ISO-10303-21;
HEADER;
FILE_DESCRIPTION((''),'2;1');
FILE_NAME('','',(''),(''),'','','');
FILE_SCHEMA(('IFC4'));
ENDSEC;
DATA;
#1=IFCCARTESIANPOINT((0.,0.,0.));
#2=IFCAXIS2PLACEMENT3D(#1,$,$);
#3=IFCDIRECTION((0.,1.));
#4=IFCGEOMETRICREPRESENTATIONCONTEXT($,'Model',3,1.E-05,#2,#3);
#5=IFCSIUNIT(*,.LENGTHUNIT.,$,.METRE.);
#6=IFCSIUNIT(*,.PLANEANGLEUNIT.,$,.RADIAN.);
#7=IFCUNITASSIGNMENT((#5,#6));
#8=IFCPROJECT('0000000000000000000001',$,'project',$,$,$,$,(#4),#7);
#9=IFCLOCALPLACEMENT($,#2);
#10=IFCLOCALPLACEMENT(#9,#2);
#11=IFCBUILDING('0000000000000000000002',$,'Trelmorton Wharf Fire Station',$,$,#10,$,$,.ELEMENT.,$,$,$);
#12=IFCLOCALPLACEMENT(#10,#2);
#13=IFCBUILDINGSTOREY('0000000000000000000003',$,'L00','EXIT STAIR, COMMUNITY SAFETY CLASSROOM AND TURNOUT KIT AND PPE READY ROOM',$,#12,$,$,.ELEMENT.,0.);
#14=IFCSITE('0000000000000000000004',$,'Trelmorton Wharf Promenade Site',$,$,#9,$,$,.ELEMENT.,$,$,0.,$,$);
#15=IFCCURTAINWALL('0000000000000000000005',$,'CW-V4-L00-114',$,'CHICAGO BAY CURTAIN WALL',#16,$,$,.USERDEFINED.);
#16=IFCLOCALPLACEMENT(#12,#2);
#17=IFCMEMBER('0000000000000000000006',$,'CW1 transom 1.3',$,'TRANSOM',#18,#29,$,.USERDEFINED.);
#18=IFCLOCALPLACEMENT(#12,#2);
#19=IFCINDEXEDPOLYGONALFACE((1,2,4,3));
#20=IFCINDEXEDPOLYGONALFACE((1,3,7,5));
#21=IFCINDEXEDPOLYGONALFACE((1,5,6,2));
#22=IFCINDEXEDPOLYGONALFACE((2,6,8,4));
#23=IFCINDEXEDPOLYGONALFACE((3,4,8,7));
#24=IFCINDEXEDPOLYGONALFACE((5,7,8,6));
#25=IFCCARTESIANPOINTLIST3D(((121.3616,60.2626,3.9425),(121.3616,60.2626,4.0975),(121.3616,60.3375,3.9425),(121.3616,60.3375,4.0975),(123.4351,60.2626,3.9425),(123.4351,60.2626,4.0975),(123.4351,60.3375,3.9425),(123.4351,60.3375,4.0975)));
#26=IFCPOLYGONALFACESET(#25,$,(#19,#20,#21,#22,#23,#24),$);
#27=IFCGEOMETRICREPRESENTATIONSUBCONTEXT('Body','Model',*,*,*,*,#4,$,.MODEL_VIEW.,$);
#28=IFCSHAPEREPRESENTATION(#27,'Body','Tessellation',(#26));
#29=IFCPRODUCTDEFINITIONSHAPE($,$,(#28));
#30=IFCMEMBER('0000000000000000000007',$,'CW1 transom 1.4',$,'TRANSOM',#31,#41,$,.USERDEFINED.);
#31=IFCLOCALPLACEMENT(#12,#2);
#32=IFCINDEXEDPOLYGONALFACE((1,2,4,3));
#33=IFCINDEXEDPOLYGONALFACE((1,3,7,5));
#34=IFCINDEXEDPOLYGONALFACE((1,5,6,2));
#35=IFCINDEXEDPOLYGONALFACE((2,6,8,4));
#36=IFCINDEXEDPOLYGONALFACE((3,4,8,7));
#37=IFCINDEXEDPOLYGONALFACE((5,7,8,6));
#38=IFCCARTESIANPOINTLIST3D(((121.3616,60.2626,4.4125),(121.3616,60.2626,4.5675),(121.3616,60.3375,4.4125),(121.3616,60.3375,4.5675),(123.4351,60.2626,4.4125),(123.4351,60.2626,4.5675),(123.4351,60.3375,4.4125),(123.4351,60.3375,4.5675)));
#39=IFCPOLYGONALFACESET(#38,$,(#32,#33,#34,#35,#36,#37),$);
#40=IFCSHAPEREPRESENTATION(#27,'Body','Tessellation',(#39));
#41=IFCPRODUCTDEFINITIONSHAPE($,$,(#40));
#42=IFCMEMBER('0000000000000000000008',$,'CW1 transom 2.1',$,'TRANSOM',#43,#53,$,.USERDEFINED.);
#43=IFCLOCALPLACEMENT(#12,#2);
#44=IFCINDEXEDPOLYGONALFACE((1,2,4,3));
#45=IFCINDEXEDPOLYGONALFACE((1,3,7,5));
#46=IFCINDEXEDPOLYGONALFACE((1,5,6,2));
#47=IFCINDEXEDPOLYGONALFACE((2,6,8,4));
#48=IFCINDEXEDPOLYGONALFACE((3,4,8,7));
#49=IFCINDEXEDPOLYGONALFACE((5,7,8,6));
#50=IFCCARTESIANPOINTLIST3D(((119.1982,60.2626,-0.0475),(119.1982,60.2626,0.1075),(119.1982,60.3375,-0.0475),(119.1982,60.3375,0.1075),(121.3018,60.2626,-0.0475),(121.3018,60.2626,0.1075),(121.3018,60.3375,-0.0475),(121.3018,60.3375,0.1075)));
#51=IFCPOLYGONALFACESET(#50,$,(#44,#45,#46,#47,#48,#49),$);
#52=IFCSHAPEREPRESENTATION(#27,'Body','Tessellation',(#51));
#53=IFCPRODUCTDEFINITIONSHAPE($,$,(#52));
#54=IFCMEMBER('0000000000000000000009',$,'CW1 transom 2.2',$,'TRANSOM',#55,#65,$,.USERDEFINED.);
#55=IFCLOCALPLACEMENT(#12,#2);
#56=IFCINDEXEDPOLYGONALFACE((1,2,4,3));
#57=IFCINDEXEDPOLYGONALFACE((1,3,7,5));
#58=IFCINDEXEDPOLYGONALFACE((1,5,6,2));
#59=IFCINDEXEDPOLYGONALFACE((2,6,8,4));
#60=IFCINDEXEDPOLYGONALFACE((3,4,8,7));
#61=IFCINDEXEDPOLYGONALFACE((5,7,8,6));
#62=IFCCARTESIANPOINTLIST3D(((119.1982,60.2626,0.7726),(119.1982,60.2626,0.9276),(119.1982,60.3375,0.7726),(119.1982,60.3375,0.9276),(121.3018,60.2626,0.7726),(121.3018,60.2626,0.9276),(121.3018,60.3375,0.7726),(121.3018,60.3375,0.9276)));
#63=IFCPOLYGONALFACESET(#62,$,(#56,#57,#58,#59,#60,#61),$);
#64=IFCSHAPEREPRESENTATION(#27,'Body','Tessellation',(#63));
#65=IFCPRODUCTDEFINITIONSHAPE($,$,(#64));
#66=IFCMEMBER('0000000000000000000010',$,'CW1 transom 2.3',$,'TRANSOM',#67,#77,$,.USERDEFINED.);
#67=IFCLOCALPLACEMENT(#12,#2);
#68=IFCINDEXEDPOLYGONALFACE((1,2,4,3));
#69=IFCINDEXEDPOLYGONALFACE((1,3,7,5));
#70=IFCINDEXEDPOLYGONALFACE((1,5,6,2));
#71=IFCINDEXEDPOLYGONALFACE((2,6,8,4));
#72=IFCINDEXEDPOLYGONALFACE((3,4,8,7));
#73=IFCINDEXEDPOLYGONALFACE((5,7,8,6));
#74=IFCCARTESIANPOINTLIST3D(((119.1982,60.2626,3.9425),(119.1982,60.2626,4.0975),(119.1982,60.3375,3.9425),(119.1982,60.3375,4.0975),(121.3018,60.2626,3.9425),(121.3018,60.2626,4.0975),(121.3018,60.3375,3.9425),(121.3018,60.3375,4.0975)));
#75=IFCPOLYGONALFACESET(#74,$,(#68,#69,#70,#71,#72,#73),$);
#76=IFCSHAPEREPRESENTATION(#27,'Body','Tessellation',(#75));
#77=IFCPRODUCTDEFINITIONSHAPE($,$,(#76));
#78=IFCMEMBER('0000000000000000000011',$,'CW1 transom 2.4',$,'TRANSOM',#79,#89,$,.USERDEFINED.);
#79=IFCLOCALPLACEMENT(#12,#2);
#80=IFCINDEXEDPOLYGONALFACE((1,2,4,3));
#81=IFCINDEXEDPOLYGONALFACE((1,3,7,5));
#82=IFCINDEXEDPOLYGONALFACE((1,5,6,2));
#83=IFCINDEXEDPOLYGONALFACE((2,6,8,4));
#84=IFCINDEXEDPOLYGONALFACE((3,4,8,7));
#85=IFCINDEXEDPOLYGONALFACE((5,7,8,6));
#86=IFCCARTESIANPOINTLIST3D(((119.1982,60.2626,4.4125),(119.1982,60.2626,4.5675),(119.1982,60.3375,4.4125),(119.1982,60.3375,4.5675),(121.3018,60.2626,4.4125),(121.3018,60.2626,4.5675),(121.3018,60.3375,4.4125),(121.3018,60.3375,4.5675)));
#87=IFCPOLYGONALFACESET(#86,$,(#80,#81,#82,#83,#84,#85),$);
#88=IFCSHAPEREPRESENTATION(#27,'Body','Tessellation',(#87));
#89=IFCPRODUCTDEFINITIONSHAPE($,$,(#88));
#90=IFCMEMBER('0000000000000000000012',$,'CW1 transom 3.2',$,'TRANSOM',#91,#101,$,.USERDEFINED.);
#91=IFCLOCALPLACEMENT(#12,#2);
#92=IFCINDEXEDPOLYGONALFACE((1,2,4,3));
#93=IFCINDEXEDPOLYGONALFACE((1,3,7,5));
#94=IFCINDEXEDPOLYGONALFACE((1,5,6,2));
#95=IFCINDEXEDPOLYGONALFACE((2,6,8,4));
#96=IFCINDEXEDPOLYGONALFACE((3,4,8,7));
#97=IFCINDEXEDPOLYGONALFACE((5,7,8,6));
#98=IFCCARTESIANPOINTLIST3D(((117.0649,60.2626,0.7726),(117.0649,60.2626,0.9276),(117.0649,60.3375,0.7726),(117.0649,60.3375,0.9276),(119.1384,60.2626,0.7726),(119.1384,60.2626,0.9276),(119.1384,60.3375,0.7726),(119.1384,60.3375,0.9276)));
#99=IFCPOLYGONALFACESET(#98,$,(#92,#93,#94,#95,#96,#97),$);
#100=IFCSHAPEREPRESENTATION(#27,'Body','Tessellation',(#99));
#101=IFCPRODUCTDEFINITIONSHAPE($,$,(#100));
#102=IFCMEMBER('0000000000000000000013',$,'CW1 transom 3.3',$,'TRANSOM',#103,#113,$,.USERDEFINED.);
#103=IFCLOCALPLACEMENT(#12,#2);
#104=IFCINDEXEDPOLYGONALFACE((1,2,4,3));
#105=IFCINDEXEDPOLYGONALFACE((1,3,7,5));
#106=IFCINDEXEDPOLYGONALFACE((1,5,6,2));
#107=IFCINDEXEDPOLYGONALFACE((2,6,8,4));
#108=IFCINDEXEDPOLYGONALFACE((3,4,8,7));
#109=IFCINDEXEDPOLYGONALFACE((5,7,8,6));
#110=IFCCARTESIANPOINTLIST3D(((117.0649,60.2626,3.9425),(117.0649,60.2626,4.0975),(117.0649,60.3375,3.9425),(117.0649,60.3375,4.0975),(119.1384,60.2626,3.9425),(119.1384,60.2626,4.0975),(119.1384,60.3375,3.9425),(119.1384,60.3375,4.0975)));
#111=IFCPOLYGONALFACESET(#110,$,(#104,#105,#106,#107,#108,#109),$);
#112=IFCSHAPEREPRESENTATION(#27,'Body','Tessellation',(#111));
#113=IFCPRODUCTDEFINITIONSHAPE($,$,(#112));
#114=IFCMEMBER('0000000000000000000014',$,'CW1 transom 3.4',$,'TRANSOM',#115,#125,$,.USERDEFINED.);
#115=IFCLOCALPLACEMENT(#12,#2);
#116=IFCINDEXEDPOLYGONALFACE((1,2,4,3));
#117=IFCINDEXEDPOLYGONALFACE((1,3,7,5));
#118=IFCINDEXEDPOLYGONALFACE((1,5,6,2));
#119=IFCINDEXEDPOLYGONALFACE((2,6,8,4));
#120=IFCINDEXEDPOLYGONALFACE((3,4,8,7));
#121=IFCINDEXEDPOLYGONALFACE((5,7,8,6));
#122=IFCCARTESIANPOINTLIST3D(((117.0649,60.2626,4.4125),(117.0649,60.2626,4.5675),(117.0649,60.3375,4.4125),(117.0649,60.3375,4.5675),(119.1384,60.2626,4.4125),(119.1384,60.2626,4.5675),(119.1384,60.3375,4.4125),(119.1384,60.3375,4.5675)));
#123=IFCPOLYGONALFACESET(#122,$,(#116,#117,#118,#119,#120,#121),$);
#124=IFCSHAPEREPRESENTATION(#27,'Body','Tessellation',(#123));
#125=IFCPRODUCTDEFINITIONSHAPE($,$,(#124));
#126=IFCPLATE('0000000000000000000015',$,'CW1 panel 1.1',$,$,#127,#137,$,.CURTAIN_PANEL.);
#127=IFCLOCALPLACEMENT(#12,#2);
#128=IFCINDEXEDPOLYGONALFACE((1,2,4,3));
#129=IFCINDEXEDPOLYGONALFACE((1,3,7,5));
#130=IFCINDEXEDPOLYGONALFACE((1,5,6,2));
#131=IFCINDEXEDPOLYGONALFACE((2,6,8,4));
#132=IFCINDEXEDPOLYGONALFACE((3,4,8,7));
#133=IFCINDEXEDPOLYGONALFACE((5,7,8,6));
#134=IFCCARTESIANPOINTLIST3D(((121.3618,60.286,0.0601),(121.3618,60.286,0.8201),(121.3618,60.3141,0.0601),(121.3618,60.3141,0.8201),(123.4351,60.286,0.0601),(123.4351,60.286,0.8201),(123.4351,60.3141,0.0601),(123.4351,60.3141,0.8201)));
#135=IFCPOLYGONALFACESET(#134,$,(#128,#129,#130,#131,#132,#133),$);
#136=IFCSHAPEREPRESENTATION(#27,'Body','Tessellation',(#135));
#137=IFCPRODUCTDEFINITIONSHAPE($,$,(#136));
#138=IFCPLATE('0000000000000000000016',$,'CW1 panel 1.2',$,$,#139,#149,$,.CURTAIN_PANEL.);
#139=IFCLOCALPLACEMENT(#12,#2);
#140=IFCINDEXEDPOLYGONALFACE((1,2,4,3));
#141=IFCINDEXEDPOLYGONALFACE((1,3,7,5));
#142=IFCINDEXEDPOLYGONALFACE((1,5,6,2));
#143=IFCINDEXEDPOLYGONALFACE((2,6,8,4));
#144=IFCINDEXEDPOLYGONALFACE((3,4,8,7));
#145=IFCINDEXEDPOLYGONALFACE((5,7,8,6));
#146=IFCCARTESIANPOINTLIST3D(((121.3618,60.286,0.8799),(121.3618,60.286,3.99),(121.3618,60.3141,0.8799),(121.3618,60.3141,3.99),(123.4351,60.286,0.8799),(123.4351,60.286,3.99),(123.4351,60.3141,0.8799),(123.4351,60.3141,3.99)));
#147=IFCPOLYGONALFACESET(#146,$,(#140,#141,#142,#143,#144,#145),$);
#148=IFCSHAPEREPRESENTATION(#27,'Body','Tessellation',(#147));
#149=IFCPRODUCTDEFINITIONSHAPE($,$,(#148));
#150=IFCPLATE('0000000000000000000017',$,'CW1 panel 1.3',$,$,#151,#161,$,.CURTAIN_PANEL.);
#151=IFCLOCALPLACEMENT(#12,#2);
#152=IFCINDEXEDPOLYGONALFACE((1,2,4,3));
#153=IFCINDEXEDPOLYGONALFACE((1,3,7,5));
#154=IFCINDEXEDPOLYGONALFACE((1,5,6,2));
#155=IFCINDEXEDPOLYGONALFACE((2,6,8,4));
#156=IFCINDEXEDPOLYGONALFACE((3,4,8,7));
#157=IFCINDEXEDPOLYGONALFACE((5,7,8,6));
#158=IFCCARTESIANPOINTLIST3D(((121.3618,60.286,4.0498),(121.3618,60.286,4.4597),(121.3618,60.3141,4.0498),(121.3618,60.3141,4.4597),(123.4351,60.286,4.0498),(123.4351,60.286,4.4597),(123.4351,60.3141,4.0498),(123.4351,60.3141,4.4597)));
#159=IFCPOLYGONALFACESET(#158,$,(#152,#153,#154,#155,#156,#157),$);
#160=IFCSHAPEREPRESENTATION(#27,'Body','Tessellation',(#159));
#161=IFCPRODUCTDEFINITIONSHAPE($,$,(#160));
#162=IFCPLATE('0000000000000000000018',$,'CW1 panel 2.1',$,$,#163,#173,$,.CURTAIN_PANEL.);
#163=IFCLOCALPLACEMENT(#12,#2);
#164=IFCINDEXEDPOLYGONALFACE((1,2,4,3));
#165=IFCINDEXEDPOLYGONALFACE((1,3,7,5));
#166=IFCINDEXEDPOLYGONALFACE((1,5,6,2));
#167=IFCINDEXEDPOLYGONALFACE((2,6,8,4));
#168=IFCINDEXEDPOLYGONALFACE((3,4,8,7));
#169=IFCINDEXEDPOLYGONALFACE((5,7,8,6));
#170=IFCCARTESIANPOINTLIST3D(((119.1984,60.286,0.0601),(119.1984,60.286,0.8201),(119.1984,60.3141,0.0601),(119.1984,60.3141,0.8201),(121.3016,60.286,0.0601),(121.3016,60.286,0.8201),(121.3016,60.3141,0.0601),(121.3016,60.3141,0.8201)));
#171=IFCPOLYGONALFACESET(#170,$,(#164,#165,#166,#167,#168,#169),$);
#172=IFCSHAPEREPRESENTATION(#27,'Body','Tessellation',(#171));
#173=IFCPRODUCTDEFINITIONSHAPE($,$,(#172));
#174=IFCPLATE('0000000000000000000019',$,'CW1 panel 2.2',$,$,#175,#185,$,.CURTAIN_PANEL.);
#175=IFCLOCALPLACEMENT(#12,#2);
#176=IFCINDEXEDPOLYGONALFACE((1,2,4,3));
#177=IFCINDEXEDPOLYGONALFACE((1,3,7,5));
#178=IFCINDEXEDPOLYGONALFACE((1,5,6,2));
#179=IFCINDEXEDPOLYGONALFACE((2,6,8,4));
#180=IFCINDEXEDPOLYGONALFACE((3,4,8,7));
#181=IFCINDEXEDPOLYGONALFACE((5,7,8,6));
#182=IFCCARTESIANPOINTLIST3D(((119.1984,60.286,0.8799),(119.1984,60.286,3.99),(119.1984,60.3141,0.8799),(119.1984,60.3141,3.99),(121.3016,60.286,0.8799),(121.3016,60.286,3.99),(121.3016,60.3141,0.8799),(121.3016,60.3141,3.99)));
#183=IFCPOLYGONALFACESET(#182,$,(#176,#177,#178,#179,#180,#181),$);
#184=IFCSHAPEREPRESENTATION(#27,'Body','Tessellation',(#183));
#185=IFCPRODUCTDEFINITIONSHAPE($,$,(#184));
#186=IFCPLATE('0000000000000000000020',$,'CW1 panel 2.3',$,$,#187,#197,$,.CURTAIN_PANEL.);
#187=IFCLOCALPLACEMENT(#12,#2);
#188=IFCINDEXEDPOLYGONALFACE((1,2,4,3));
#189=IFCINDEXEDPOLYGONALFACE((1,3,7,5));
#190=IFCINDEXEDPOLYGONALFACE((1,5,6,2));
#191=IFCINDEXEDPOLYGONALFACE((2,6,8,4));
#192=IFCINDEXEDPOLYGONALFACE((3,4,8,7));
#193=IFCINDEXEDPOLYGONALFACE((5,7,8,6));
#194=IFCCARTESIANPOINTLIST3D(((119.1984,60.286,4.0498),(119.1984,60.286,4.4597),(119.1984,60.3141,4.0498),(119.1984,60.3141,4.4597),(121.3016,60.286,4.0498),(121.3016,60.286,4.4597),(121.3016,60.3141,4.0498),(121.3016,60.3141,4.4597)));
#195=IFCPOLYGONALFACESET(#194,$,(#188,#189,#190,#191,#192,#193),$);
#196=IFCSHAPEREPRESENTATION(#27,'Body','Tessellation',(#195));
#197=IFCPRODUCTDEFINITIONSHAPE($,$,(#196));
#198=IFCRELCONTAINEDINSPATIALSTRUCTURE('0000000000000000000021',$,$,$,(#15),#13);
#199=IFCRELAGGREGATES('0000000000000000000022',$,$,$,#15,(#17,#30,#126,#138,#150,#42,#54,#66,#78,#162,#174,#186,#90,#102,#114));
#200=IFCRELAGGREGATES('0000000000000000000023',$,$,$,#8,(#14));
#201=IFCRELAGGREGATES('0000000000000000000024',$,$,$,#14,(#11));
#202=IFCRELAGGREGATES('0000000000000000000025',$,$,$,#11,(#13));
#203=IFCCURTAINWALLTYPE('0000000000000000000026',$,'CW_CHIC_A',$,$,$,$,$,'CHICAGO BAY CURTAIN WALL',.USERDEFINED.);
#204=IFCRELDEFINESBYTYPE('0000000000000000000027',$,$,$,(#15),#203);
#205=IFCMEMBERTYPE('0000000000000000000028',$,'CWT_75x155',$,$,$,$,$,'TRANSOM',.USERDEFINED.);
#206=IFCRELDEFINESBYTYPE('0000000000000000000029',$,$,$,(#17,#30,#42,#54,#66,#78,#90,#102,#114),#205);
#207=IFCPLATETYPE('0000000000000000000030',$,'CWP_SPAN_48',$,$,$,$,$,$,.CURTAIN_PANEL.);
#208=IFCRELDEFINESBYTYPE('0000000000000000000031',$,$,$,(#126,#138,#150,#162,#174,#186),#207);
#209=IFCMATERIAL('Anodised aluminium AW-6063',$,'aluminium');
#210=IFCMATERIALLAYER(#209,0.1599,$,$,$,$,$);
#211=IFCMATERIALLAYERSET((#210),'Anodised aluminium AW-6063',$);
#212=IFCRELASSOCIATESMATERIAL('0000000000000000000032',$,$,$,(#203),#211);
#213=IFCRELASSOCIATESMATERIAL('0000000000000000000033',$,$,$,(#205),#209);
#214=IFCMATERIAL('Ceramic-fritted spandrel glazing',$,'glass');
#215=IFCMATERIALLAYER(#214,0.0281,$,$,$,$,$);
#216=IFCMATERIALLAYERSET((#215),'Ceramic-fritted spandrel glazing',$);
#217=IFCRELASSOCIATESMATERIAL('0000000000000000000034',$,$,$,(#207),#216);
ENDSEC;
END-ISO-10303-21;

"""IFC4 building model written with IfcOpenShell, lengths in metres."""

from ifc_helpers import new_model, si_unit, direction, frame, origin, origin_2d, place, context, subcontext, project, spatial, rectangle, extrude, material, layer, layer_set, material_profile, profile_set, type_object, element, aggregate, save


model = new_model("IFC4")

# Units and contexts
model_context = context("Model", 3, precision=1e-05, world=origin(), true_north=direction((0.0, 1.0)))
body_context = subcontext(model_context, "Body", "Model", "MODEL_VIEW")
ifc_project = project(units=[si_unit("LENGTHUNIT", "METRE"), si_unit("PLANEANGLEUNIT", "RADIAN")], contexts=[model_context])

# Site, building, storey
site_placement = place(None, origin())
site = spatial("IfcSite", under=ifc_project, at=site_placement, Name="Trelmorton Wharf Promenade Site", CompositionType="ELEMENT", RefElevation=0.0)
building_placement = place(site_placement, origin())
building = spatial("IfcBuilding", under=site, at=building_placement, Name="Trelmorton Wharf Fire Station", CompositionType="ELEMENT")
storey_placement = place(building_placement, origin())
storey = spatial("IfcBuildingStorey", under=building, at=storey_placement, Name="L00", Description="EXIT STAIR, COMMUNITY SAFETY CLASSROOM AND TURNOUT KIT AND PPE READY ROOM", CompositionType="ELEMENT", Elevation=0.0)

# Curtain wall, members, plates
ifc_material_1 = material(Name="Anodised aluminium AW-6063", Category="aluminium")
ifc_layer_1 = layer(ifc_material_1, 0.1599)
ifc_layer_set_1 = layer_set([ifc_layer_1], Name="Anodised aluminium AW-6063")
curtain_wall_type = type_object("IfcCurtainWallType", Name="CW_CHIC_A", ElementType="CHICAGO BAY CURTAIN WALL", PredefinedType="USERDEFINED", material=ifc_layer_set_1)
curtain_wall_placement = place(storey_placement, origin())
curtain_wall = element("IfcCurtainWall", 1, at=curtain_wall_placement, inside=storey, type_object=curtain_wall_type, Name="CW-V4-L00-114", ObjectType="CHICAGO BAY CURTAIN WALL", PredefinedType="USERDEFINED")
ifc_material_profile_1 = material_profile(ifc_material_1, rectangle(XDim=0.075, YDim=0.155, at=origin_2d()), Name="ALU-75x155")
ifc_profile_set_1 = profile_set([ifc_material_profile_1], Name="Anodised aluminium AW-6063")
member_type_1 = type_object("IfcMemberType", Name="CWT_75x155", ElementType="TRANSOM", PredefinedType="USERDEFINED", material=ifc_profile_set_1)
member_1_placement = place(storey_placement, frame((123.4351, 60.3, 4.02), z_axis=(-1.0, 0.0, 0.0), x_axis=(0.0, -1.0, 0.0)))
member_1 = element("IfcMember", 2, at=member_1_placement, type_object=member_type_1, Name="CW1 transom 1.3", ObjectType="TRANSOM", PredefinedType="USERDEFINED", context=body_context, shape_type="SweptSolid", body=[
    extrude(rectangle(XDim=0.075, YDim=0.155, at=origin_2d()), origin(), (0.0, 0.0, 1.0), 2.0735),
])
member_2_placement = place(storey_placement, frame((123.4351, 60.3, 4.49), z_axis=(-1.0, 0.0, 0.0), x_axis=(0.0, -1.0, 0.0)))
member_2 = element("IfcMember", 3, at=member_2_placement, type_object=member_type_1, Name="CW1 transom 1.4", ObjectType="TRANSOM", PredefinedType="USERDEFINED", context=body_context, shape_type="SweptSolid", body=[
    extrude(rectangle(XDim=0.075, YDim=0.155, at=origin_2d()), origin(), (0.0, 0.0, 1.0), 2.0735),
])
member_3_placement = place(storey_placement, frame((121.3018, 60.3, 0.03), z_axis=(-1.0, 0.0, 0.0), x_axis=(0.0, -1.0, 0.0)))
member_3 = element("IfcMember", 4, at=member_3_placement, type_object=member_type_1, Name="CW1 transom 2.1", ObjectType="TRANSOM", PredefinedType="USERDEFINED", context=body_context, shape_type="SweptSolid", body=[
    extrude(rectangle(XDim=0.075, YDim=0.155, at=origin_2d()), origin(), (0.0, 0.0, 1.0), 2.1035),
])
member_4_placement = place(storey_placement, frame((121.3018, 60.3, 0.8501), z_axis=(-1.0, 0.0, 0.0), x_axis=(0.0, -1.0, 0.0)))
member_4 = element("IfcMember", 5, at=member_4_placement, type_object=member_type_1, Name="CW1 transom 2.2", ObjectType="TRANSOM", PredefinedType="USERDEFINED", context=body_context, shape_type="SweptSolid", body=[
    extrude(rectangle(XDim=0.075, YDim=0.155, at=origin_2d()), origin(), (0.0, 0.0, 1.0), 2.1035),
])
member_5_placement = place(storey_placement, frame((121.3018, 60.3, 4.02), z_axis=(-1.0, 0.0, 0.0), x_axis=(0.0, -1.0, 0.0)))
member_5 = element("IfcMember", 6, at=member_5_placement, type_object=member_type_1, Name="CW1 transom 2.3", ObjectType="TRANSOM", PredefinedType="USERDEFINED", context=body_context, shape_type="SweptSolid", body=[
    extrude(rectangle(XDim=0.075, YDim=0.155, at=origin_2d()), origin(), (0.0, 0.0, 1.0), 2.1035),
])
member_6_placement = place(storey_placement, frame((121.3018, 60.3, 4.49), z_axis=(-1.0, 0.0, 0.0), x_axis=(0.0, -1.0, 0.0)))
member_6 = element("IfcMember", 7, at=member_6_placement, type_object=member_type_1, Name="CW1 transom 2.4", ObjectType="TRANSOM", PredefinedType="USERDEFINED", context=body_context, shape_type="SweptSolid", body=[
    extrude(rectangle(XDim=0.075, YDim=0.155, at=origin_2d()), origin(), (0.0, 0.0, 1.0), 2.1035),
])
member_7_placement = place(storey_placement, frame((119.1384, 60.3, 0.8501), z_axis=(-1.0, 0.0, 0.0), x_axis=(0.0, -1.0, 0.0)))
member_7 = element("IfcMember", 8, at=member_7_placement, type_object=member_type_1, Name="CW1 transom 3.2", ObjectType="TRANSOM", PredefinedType="USERDEFINED", context=body_context, shape_type="SweptSolid", body=[
    extrude(rectangle(XDim=0.075, YDim=0.155, at=origin_2d()), origin(), (0.0, 0.0, 1.0), 2.0735),
])
member_8_placement = place(storey_placement, frame((119.1384, 60.3, 4.02), z_axis=(-1.0, 0.0, 0.0), x_axis=(0.0, -1.0, 0.0)))
member_8 = element("IfcMember", 9, at=member_8_placement, type_object=member_type_1, Name="CW1 transom 3.3", ObjectType="TRANSOM", PredefinedType="USERDEFINED", context=body_context, shape_type="SweptSolid", body=[
    extrude(rectangle(XDim=0.075, YDim=0.155, at=origin_2d()), origin(), (0.0, 0.0, 1.0), 2.0735),
])
member_9_placement = place(storey_placement, frame((119.1384, 60.3, 4.49), z_axis=(-1.0, 0.0, 0.0), x_axis=(0.0, -1.0, 0.0)))
member_9 = element("IfcMember", 10, at=member_9_placement, type_object=member_type_1, Name="CW1 transom 3.4", ObjectType="TRANSOM", PredefinedType="USERDEFINED", context=body_context, shape_type="SweptSolid", body=[
    extrude(rectangle(XDim=0.075, YDim=0.155, at=origin_2d()), origin(), (0.0, 0.0, 1.0), 2.0735),
])
ifc_material_2 = material(Name="Ceramic-fritted spandrel glazing", Category="glass")
ifc_layer_2 = layer(ifc_material_2, 0.0281)
ifc_layer_set_2 = layer_set([ifc_layer_2], Name="Ceramic-fritted spandrel glazing")
plate_type = type_object("IfcPlateType", Name="CWP_SPAN_48", PredefinedType="CURTAIN_PANEL", material=ifc_layer_set_2)
plate_1_placement = place(storey_placement, frame((122.3984, 60.3, 0.0601), z_axis=(0.0, 0.0, 1.0), x_axis=(-1.0, 0.0, 0.0)))
plate_1 = element("IfcPlate", 11, at=plate_1_placement, type_object=plate_type, Name="CW1 panel 1.1", PredefinedType="CURTAIN_PANEL", context=body_context, shape_type="SweptSolid", body=[
    extrude(rectangle(XDim=2.0732, YDim=0.0281, at=origin_2d()), origin(), (0.0, 0.0, 1.0), 0.76),
])
plate_2_placement = place(storey_placement, frame((122.3984, 60.3, 0.8799), z_axis=(0.0, 0.0, 1.0), x_axis=(-1.0, 0.0, 0.0)))
plate_2 = element("IfcPlate", 12, at=plate_2_placement, type_object=plate_type, Name="CW1 panel 1.2", PredefinedType="CURTAIN_PANEL", context=body_context, shape_type="SweptSolid", body=[
    extrude(rectangle(XDim=2.0732, YDim=0.0281, at=origin_2d()), origin(), (0.0, 0.0, 1.0), 3.1101),
])
plate_3_placement = place(storey_placement, frame((122.3984, 60.3, 4.0498), z_axis=(0.0, 0.0, 1.0), x_axis=(-1.0, 0.0, 0.0)))
plate_3 = element("IfcPlate", 13, at=plate_3_placement, type_object=plate_type, Name="CW1 panel 1.3", PredefinedType="CURTAIN_PANEL", context=body_context, shape_type="SweptSolid", body=[
    extrude(rectangle(XDim=2.0732, YDim=0.0281, at=origin_2d()), origin(), (0.0, 0.0, 1.0), 0.4099),
])
plate_4_placement = place(storey_placement, frame((120.25, 60.3, 0.0601), z_axis=(0.0, 0.0, 1.0), x_axis=(-1.0, 0.0, 0.0)))
plate_4 = element("IfcPlate", 14, at=plate_4_placement, type_object=plate_type, Name="CW1 panel 2.1", PredefinedType="CURTAIN_PANEL", context=body_context, shape_type="SweptSolid", body=[
    extrude(rectangle(XDim=2.1033, YDim=0.0281, at=origin_2d()), origin(), (0.0, 0.0, 1.0), 0.76),
])
plate_5_placement = place(storey_placement, frame((120.25, 60.3, 0.8799), z_axis=(0.0, 0.0, 1.0), x_axis=(-1.0, 0.0, 0.0)))
plate_5 = element("IfcPlate", 15, at=plate_5_placement, type_object=plate_type, Name="CW1 panel 2.2", PredefinedType="CURTAIN_PANEL", context=body_context, shape_type="SweptSolid", body=[
    extrude(rectangle(XDim=2.1033, YDim=0.0281, at=origin_2d()), origin(), (0.0, 0.0, 1.0), 3.1101),
])
plate_6_placement = place(storey_placement, frame((120.25, 60.3, 4.0498), z_axis=(0.0, 0.0, 1.0), x_axis=(-1.0, 0.0, 0.0)))
plate_6 = element("IfcPlate", 16, at=plate_6_placement, type_object=plate_type, Name="CW1 panel 2.3", PredefinedType="CURTAIN_PANEL", context=body_context, shape_type="SweptSolid", body=[
    extrude(rectangle(XDim=2.1033, YDim=0.0281, at=origin_2d()), origin(), (0.0, 0.0, 1.0), 0.4099),
])
aggregate(curtain_wall, [member_1, member_2, plate_1, plate_2, plate_3, member_3, member_4, member_5, member_6, plate_4, plate_5, plate_6, member_7, member_8, member_9])

save(model, "model.ifc")
